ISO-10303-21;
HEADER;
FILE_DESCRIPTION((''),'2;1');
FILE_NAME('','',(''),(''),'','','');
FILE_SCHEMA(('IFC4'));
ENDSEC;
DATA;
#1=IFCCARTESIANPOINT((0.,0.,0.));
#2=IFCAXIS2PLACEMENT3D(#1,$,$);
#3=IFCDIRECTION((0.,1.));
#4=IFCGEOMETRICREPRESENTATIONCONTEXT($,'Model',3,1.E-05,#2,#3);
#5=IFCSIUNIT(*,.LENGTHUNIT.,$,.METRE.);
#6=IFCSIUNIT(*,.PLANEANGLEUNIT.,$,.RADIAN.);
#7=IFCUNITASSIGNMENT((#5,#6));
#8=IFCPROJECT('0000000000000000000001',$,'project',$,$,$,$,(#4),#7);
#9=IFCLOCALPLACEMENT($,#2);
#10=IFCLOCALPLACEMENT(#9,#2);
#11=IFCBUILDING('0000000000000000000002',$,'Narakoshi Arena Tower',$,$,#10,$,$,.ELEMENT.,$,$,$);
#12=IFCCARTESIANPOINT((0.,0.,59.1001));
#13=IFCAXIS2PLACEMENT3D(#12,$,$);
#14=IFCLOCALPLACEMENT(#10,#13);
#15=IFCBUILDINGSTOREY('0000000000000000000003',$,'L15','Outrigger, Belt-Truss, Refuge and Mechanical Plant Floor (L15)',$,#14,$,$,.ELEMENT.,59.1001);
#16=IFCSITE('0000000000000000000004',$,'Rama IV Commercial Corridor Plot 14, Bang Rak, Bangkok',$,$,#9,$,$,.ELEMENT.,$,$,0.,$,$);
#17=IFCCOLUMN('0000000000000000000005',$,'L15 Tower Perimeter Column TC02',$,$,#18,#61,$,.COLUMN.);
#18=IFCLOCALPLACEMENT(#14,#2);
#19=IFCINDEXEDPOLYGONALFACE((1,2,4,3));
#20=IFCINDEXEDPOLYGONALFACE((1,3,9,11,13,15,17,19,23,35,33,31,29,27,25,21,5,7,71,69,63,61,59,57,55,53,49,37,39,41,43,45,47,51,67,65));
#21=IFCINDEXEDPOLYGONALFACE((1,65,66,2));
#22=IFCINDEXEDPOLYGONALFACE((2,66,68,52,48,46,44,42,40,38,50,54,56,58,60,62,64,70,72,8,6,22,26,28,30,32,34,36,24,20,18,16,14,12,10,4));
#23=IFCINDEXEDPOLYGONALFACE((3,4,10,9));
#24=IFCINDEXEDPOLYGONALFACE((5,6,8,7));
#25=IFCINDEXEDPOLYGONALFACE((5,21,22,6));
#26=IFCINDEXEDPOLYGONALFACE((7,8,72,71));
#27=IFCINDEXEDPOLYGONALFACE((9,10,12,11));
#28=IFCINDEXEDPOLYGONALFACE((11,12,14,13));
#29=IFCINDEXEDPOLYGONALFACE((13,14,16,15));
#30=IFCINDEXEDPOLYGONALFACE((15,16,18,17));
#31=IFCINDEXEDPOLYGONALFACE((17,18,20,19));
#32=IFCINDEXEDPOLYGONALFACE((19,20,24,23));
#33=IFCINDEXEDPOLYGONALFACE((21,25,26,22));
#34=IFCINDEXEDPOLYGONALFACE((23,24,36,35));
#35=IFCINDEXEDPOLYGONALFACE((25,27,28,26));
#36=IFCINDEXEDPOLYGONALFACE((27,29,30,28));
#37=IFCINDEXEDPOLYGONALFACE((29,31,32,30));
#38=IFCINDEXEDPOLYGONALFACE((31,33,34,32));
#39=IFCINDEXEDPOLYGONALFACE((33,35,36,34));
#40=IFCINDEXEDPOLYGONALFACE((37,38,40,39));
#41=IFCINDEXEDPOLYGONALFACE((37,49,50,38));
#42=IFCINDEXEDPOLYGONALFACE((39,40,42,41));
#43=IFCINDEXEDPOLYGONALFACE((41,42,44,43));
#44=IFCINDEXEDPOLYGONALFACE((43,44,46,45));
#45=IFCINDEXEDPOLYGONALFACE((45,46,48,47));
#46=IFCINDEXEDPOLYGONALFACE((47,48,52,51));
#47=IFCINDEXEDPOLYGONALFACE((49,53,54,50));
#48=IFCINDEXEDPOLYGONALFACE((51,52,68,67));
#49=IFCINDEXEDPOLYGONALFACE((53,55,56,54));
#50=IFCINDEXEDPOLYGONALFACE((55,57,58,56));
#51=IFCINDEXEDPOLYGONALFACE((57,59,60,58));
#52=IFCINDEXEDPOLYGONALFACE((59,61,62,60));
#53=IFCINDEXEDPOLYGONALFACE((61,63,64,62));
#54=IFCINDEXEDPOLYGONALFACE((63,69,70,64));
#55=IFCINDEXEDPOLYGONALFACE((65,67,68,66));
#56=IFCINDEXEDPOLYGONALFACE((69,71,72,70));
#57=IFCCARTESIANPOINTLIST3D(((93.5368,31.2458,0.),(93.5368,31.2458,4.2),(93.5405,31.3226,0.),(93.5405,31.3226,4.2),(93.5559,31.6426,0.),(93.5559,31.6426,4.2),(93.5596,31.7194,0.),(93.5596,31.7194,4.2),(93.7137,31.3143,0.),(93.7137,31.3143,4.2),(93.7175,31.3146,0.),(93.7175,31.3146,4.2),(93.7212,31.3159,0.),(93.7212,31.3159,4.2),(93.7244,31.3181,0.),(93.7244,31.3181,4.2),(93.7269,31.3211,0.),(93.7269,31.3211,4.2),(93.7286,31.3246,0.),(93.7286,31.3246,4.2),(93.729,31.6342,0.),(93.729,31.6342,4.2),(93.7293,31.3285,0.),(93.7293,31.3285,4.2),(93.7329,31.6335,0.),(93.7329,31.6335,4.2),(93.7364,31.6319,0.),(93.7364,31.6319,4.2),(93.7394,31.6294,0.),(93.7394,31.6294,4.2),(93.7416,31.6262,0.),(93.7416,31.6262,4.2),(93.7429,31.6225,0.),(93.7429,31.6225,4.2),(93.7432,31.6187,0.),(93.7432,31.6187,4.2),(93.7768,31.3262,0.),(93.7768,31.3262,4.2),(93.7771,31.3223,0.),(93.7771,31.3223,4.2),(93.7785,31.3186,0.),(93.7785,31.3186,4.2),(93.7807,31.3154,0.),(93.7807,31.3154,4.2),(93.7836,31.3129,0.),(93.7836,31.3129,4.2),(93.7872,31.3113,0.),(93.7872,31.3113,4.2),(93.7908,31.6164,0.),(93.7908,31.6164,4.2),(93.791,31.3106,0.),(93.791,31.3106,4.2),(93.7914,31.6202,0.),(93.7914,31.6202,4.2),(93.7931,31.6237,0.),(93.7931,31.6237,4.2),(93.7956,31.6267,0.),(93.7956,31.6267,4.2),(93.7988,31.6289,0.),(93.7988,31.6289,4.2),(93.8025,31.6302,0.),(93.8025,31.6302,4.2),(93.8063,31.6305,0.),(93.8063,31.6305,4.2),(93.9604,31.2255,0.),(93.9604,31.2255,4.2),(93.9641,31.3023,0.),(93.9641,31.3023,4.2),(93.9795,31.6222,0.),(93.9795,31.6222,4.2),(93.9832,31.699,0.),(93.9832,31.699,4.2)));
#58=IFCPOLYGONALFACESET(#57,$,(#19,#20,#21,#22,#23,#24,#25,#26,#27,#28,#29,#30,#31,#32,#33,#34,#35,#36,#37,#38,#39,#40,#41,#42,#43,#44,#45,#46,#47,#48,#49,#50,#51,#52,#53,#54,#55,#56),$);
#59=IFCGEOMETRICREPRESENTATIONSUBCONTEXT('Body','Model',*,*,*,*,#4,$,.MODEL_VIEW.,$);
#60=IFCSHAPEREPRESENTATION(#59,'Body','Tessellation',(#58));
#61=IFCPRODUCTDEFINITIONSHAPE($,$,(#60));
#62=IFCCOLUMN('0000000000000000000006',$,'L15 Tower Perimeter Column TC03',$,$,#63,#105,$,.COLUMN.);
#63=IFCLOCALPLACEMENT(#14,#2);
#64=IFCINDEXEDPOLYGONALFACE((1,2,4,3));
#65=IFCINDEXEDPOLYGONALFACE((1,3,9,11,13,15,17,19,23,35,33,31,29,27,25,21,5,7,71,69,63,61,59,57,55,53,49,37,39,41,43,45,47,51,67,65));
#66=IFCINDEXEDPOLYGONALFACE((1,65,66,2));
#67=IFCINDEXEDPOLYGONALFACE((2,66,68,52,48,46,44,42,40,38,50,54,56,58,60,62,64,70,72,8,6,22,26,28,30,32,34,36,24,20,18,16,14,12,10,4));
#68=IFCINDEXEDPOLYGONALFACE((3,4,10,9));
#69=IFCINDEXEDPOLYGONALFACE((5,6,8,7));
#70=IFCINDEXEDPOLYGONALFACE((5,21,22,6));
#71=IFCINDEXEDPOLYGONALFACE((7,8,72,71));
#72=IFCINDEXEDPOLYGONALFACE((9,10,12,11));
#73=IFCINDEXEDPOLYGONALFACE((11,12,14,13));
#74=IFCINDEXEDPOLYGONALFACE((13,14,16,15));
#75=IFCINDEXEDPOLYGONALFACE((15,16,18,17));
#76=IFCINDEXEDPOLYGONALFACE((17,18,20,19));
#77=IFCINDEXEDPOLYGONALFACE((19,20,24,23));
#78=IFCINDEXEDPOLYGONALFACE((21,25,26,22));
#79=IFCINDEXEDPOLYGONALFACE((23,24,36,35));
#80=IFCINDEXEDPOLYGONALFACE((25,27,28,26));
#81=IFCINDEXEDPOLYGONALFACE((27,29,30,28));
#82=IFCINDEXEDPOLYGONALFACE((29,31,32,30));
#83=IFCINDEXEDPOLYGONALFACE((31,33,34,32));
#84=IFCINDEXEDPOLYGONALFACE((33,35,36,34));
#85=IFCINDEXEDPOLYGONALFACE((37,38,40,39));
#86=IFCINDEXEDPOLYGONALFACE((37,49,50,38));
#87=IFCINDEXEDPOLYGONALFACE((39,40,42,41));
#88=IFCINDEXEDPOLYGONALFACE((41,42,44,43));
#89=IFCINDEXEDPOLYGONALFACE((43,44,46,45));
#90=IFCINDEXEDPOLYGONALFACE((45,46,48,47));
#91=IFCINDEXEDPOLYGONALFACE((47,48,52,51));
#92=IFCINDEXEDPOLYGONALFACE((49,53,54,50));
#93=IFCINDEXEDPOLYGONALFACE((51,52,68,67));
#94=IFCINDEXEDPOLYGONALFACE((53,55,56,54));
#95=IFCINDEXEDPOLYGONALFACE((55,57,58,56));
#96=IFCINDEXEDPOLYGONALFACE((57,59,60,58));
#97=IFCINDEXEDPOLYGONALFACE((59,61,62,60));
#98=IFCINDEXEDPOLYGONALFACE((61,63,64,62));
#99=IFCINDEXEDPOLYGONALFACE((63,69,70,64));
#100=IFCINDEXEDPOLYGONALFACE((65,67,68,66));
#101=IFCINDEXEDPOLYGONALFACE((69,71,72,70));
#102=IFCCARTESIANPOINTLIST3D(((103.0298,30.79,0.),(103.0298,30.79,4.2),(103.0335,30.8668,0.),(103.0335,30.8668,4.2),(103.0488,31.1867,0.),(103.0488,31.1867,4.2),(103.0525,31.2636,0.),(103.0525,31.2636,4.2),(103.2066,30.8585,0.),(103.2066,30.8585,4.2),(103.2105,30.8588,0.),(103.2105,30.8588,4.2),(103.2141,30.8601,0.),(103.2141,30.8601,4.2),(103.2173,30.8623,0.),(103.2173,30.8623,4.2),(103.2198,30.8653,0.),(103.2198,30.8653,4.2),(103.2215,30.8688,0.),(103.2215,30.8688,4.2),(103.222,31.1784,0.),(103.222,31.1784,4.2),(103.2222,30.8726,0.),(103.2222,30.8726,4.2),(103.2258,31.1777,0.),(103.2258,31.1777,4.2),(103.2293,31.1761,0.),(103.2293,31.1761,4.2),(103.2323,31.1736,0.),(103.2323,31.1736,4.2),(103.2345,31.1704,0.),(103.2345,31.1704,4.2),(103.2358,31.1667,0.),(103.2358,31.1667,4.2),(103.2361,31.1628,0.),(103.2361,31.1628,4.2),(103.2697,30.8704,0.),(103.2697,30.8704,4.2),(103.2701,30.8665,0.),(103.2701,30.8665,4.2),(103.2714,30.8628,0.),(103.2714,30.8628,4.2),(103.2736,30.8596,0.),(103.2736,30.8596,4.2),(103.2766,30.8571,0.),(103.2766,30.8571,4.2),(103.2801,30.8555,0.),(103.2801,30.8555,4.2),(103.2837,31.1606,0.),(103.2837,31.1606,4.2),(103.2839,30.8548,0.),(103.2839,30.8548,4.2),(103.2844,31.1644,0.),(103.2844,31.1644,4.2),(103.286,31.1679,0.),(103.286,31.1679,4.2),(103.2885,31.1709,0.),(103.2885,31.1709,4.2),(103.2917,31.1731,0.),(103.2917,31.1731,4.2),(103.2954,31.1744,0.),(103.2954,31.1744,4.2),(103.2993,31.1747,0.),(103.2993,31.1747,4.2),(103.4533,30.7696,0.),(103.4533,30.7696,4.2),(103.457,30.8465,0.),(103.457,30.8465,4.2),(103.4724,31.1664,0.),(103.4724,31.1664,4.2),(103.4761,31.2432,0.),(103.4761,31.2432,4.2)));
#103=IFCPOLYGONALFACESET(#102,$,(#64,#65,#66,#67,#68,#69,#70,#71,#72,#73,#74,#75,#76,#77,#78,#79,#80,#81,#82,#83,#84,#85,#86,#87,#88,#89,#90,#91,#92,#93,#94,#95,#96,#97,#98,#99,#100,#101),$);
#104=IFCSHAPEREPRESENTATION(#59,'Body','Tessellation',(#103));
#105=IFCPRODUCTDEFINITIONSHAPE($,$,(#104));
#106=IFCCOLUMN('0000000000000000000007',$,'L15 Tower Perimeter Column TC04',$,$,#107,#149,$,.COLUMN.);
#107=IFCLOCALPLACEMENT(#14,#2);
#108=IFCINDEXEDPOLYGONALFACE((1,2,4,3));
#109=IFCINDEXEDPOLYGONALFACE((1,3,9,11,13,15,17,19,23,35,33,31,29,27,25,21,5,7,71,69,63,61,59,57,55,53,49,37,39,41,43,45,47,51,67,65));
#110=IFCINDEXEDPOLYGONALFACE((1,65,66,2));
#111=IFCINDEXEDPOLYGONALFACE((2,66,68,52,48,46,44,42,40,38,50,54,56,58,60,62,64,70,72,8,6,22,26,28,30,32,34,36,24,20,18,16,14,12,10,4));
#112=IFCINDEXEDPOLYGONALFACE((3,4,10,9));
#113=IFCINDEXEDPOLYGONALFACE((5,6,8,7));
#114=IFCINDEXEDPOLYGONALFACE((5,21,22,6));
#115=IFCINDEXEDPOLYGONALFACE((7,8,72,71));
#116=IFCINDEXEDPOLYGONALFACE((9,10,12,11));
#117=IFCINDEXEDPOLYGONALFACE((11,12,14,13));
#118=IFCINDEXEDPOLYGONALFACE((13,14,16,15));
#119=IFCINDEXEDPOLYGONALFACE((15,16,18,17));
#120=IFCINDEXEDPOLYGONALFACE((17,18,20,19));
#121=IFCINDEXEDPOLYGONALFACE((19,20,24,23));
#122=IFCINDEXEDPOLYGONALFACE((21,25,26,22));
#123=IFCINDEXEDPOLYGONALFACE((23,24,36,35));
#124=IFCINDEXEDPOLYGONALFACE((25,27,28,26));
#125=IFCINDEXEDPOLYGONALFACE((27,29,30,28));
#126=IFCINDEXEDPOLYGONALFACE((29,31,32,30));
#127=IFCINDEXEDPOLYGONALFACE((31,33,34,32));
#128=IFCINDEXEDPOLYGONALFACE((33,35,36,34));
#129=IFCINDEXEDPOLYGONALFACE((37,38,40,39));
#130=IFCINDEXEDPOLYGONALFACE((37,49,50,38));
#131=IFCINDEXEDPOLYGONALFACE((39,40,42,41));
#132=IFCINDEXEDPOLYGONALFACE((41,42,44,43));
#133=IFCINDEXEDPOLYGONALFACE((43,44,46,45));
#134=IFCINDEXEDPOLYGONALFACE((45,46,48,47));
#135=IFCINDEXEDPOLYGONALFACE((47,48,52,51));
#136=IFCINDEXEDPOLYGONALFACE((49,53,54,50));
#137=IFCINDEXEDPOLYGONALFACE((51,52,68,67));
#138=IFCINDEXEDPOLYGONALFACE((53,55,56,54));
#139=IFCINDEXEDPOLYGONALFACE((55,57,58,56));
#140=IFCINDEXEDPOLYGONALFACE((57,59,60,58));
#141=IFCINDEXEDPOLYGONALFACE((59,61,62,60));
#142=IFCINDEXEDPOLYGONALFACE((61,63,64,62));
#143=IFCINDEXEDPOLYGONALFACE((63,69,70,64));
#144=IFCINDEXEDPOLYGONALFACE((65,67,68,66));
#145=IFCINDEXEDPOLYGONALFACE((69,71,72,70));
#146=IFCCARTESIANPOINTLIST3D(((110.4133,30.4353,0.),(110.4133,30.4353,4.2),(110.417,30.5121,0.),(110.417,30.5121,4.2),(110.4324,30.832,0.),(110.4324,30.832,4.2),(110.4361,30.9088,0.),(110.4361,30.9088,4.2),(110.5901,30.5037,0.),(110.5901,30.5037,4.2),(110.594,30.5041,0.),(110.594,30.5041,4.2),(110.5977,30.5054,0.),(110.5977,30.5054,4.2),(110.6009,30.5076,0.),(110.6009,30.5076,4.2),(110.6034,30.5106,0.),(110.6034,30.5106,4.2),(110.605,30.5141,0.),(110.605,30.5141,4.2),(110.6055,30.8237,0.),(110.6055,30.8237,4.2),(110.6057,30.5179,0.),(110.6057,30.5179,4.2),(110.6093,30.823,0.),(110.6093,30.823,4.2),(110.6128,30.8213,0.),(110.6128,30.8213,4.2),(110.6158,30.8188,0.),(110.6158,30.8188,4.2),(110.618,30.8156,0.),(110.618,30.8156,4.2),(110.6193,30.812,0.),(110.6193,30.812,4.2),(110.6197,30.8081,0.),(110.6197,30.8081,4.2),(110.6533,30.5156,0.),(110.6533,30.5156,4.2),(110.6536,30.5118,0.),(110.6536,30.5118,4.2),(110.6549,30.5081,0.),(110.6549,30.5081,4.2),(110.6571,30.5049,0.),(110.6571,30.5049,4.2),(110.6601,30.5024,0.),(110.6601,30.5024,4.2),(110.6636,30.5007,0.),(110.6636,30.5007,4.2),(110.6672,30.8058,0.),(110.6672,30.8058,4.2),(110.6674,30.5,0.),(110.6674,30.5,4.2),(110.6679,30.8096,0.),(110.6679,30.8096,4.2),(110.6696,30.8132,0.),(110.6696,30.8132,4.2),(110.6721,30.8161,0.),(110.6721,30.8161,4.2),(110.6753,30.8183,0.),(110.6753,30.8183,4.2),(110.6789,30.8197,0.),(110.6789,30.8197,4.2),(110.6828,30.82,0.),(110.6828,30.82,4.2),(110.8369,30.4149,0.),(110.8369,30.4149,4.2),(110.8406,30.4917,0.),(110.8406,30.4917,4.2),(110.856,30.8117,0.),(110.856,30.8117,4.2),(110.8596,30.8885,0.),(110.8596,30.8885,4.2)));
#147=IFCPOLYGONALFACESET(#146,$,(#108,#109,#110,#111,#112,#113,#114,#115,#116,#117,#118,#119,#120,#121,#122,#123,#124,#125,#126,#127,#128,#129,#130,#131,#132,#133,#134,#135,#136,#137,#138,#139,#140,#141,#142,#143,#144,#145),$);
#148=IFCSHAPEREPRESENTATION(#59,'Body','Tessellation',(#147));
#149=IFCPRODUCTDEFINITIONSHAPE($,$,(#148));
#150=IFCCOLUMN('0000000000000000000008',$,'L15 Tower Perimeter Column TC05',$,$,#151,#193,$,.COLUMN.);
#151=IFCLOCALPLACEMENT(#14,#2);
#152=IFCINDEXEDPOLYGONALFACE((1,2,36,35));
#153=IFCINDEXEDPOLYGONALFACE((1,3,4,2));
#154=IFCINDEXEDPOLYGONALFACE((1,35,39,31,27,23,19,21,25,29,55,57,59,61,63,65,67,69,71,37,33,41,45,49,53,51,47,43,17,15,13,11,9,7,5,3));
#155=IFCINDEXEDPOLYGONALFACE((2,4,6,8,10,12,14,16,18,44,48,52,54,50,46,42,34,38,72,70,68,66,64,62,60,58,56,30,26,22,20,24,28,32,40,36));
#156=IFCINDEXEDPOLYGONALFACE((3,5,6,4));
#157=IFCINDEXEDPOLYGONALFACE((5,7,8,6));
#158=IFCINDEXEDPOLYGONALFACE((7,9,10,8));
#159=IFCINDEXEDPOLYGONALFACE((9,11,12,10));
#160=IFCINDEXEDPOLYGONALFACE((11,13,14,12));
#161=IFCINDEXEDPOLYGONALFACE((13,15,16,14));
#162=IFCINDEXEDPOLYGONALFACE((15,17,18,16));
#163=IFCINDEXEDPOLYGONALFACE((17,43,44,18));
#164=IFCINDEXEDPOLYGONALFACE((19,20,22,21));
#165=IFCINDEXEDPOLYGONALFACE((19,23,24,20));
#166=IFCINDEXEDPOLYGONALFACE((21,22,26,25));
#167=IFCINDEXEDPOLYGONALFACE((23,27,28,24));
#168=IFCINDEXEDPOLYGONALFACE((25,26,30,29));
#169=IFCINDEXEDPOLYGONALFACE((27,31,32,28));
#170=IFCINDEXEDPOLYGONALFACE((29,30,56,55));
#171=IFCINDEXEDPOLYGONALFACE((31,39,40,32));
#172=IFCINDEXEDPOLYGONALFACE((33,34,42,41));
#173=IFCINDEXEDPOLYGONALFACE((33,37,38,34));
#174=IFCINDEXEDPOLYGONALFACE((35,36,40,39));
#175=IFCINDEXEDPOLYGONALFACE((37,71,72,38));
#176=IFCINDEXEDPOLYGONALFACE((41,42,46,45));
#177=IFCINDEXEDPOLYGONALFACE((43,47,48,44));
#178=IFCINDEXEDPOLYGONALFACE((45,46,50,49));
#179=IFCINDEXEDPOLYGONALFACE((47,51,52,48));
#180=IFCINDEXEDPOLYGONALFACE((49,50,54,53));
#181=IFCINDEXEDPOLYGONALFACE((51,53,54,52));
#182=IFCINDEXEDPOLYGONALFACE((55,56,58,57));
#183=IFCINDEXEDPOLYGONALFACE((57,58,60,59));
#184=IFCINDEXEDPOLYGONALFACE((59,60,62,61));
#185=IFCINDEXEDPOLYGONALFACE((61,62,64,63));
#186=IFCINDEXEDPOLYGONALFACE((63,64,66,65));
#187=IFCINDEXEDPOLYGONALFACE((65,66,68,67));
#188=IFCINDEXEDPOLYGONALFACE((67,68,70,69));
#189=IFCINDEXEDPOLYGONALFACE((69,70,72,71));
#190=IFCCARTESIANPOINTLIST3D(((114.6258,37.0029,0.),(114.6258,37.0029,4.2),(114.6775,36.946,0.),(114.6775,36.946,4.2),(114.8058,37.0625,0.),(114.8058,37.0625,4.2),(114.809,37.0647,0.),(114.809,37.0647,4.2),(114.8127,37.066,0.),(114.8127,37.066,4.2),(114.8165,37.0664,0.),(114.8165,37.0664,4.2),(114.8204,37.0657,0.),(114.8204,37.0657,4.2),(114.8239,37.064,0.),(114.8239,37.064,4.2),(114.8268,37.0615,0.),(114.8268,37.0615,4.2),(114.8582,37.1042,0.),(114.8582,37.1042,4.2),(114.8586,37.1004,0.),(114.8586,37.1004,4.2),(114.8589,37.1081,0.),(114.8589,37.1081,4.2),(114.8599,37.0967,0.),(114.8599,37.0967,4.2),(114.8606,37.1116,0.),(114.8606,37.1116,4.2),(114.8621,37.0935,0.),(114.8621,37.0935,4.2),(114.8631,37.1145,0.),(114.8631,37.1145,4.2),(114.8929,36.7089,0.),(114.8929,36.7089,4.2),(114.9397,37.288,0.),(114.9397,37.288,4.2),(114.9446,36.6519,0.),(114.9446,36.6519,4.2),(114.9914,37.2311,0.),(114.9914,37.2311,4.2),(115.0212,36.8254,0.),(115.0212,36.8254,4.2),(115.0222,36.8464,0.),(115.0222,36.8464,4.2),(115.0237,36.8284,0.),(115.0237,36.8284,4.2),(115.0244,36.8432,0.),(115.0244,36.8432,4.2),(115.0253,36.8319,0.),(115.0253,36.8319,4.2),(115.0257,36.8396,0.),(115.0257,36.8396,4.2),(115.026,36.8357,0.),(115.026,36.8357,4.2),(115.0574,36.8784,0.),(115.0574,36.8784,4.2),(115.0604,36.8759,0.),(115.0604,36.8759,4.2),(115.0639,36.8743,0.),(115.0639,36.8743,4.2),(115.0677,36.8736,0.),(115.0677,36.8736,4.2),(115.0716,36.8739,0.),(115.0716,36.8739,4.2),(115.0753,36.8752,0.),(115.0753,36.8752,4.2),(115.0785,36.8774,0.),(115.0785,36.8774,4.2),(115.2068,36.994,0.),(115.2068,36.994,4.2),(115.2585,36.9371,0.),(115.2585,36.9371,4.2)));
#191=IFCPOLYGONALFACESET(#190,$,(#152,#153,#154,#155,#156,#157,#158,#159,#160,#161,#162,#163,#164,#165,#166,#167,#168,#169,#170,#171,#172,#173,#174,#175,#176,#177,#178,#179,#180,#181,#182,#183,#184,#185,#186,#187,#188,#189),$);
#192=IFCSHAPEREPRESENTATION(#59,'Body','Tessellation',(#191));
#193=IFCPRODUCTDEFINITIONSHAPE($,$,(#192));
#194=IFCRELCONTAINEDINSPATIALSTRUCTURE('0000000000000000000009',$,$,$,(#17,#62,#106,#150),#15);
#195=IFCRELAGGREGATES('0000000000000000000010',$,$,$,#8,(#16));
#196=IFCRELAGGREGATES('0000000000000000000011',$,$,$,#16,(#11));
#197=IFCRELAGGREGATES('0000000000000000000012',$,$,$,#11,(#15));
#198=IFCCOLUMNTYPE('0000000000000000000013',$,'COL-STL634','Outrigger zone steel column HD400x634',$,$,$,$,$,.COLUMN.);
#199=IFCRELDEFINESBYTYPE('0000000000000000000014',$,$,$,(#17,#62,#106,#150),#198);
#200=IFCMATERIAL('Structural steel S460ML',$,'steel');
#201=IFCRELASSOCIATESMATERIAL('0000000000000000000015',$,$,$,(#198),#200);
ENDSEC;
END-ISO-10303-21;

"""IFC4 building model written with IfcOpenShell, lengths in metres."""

from ifc_helpers import new_model, si_unit, direction, frame, origin, origin_2d, place, context, subcontext, project, spatial, i_section, extrude, material, material_profile, profile_set, type_object, element, save


model = new_model("IFC4")

# Units and contexts
model_context = context("Model", 3, precision=1e-05, world=origin(), true_north=direction((0.0, 1.0)))
body_context = subcontext(model_context, "Body", "Model", "MODEL_VIEW")
ifc_project = project(units=[si_unit("LENGTHUNIT", "METRE"), si_unit("PLANEANGLEUNIT", "RADIAN")], contexts=[model_context])

# Site, building, storey
site_placement = place(None, origin())
site = spatial("IfcSite", under=ifc_project, at=site_placement, Name="Rama IV Commercial Corridor Plot 14, Bang Rak, Bangkok", CompositionType="ELEMENT", RefElevation=0.0)
building_placement = place(site_placement, origin())
building = spatial("IfcBuilding", under=site, at=building_placement, Name="Narakoshi Arena Tower", CompositionType="ELEMENT")
storey_placement = place(building_placement, frame((0.0, 0.0, 59.1001)))
storey = spatial("IfcBuildingStorey", under=building, at=storey_placement, Name="L15", Description="Outrigger, Belt-Truss, Refuge and Mechanical Plant Floor (L15)", CompositionType="ELEMENT", Elevation=59.1001)

# Columns
ifc_material_1 = material(Name="Structural steel S460ML", Category="steel")
ifc_material_profile_1 = material_profile(ifc_material_1, i_section(OverallWidth=0.4241, OverallDepth=0.4741, WebThickness=0.0476, FlangeThickness=0.0769, FilletRadius=0.0149, at=origin_2d()), Name="HD400x634")
ifc_profile_set_1 = profile_set([ifc_material_profile_1], Name="Structural steel S460ML")
column_type = type_object("IfcColumnType", Name="COL-STL634", Description="Outrigger zone steel column HD400x634", PredefinedType="COLUMN", material=ifc_profile_set_1)
for number, where, z_axis, x_axis, name in (
    (1, (93.76, 31.4724, 0.0), (0.0, 0.0, 1.0), (-0.998848, 0.047978, 0.0), "L15 Tower Perimeter Column TC02"),
    (2, (103.2529, 31.0166, 0.0), (0.0, 0.0, 1.0), (-0.998848, 0.047978, 0.0), "L15 Tower Perimeter Column TC03"),
    (3, (110.6365, 30.6619, 0.0), (0.0, 0.0, 1.0), (-0.998848, 0.047978, 0.0), "L15 Tower Perimeter Column TC04"),
    (4, (114.9421, 36.97, 0.0), (0.0, 0.0, 1.0), (0.740218, 0.672367, 0.0), "L15 Tower Perimeter Column TC05"),
):
    element("IfcColumn", number, at=place(storey_placement, frame(where, z_axis=z_axis, x_axis=x_axis)), inside=storey, type_object=column_type, Name=name, PredefinedType="COLUMN", context=body_context, shape_type="SweptSolid", body=[
        extrude(i_section(OverallWidth=0.4241, OverallDepth=0.4741, WebThickness=0.0476, FlangeThickness=0.0769, FilletRadius=0.0149, at=origin_2d()), origin(), (0.0, 0.0, 1.0), 4.2),
    ])

save(model, "model.ifc")
